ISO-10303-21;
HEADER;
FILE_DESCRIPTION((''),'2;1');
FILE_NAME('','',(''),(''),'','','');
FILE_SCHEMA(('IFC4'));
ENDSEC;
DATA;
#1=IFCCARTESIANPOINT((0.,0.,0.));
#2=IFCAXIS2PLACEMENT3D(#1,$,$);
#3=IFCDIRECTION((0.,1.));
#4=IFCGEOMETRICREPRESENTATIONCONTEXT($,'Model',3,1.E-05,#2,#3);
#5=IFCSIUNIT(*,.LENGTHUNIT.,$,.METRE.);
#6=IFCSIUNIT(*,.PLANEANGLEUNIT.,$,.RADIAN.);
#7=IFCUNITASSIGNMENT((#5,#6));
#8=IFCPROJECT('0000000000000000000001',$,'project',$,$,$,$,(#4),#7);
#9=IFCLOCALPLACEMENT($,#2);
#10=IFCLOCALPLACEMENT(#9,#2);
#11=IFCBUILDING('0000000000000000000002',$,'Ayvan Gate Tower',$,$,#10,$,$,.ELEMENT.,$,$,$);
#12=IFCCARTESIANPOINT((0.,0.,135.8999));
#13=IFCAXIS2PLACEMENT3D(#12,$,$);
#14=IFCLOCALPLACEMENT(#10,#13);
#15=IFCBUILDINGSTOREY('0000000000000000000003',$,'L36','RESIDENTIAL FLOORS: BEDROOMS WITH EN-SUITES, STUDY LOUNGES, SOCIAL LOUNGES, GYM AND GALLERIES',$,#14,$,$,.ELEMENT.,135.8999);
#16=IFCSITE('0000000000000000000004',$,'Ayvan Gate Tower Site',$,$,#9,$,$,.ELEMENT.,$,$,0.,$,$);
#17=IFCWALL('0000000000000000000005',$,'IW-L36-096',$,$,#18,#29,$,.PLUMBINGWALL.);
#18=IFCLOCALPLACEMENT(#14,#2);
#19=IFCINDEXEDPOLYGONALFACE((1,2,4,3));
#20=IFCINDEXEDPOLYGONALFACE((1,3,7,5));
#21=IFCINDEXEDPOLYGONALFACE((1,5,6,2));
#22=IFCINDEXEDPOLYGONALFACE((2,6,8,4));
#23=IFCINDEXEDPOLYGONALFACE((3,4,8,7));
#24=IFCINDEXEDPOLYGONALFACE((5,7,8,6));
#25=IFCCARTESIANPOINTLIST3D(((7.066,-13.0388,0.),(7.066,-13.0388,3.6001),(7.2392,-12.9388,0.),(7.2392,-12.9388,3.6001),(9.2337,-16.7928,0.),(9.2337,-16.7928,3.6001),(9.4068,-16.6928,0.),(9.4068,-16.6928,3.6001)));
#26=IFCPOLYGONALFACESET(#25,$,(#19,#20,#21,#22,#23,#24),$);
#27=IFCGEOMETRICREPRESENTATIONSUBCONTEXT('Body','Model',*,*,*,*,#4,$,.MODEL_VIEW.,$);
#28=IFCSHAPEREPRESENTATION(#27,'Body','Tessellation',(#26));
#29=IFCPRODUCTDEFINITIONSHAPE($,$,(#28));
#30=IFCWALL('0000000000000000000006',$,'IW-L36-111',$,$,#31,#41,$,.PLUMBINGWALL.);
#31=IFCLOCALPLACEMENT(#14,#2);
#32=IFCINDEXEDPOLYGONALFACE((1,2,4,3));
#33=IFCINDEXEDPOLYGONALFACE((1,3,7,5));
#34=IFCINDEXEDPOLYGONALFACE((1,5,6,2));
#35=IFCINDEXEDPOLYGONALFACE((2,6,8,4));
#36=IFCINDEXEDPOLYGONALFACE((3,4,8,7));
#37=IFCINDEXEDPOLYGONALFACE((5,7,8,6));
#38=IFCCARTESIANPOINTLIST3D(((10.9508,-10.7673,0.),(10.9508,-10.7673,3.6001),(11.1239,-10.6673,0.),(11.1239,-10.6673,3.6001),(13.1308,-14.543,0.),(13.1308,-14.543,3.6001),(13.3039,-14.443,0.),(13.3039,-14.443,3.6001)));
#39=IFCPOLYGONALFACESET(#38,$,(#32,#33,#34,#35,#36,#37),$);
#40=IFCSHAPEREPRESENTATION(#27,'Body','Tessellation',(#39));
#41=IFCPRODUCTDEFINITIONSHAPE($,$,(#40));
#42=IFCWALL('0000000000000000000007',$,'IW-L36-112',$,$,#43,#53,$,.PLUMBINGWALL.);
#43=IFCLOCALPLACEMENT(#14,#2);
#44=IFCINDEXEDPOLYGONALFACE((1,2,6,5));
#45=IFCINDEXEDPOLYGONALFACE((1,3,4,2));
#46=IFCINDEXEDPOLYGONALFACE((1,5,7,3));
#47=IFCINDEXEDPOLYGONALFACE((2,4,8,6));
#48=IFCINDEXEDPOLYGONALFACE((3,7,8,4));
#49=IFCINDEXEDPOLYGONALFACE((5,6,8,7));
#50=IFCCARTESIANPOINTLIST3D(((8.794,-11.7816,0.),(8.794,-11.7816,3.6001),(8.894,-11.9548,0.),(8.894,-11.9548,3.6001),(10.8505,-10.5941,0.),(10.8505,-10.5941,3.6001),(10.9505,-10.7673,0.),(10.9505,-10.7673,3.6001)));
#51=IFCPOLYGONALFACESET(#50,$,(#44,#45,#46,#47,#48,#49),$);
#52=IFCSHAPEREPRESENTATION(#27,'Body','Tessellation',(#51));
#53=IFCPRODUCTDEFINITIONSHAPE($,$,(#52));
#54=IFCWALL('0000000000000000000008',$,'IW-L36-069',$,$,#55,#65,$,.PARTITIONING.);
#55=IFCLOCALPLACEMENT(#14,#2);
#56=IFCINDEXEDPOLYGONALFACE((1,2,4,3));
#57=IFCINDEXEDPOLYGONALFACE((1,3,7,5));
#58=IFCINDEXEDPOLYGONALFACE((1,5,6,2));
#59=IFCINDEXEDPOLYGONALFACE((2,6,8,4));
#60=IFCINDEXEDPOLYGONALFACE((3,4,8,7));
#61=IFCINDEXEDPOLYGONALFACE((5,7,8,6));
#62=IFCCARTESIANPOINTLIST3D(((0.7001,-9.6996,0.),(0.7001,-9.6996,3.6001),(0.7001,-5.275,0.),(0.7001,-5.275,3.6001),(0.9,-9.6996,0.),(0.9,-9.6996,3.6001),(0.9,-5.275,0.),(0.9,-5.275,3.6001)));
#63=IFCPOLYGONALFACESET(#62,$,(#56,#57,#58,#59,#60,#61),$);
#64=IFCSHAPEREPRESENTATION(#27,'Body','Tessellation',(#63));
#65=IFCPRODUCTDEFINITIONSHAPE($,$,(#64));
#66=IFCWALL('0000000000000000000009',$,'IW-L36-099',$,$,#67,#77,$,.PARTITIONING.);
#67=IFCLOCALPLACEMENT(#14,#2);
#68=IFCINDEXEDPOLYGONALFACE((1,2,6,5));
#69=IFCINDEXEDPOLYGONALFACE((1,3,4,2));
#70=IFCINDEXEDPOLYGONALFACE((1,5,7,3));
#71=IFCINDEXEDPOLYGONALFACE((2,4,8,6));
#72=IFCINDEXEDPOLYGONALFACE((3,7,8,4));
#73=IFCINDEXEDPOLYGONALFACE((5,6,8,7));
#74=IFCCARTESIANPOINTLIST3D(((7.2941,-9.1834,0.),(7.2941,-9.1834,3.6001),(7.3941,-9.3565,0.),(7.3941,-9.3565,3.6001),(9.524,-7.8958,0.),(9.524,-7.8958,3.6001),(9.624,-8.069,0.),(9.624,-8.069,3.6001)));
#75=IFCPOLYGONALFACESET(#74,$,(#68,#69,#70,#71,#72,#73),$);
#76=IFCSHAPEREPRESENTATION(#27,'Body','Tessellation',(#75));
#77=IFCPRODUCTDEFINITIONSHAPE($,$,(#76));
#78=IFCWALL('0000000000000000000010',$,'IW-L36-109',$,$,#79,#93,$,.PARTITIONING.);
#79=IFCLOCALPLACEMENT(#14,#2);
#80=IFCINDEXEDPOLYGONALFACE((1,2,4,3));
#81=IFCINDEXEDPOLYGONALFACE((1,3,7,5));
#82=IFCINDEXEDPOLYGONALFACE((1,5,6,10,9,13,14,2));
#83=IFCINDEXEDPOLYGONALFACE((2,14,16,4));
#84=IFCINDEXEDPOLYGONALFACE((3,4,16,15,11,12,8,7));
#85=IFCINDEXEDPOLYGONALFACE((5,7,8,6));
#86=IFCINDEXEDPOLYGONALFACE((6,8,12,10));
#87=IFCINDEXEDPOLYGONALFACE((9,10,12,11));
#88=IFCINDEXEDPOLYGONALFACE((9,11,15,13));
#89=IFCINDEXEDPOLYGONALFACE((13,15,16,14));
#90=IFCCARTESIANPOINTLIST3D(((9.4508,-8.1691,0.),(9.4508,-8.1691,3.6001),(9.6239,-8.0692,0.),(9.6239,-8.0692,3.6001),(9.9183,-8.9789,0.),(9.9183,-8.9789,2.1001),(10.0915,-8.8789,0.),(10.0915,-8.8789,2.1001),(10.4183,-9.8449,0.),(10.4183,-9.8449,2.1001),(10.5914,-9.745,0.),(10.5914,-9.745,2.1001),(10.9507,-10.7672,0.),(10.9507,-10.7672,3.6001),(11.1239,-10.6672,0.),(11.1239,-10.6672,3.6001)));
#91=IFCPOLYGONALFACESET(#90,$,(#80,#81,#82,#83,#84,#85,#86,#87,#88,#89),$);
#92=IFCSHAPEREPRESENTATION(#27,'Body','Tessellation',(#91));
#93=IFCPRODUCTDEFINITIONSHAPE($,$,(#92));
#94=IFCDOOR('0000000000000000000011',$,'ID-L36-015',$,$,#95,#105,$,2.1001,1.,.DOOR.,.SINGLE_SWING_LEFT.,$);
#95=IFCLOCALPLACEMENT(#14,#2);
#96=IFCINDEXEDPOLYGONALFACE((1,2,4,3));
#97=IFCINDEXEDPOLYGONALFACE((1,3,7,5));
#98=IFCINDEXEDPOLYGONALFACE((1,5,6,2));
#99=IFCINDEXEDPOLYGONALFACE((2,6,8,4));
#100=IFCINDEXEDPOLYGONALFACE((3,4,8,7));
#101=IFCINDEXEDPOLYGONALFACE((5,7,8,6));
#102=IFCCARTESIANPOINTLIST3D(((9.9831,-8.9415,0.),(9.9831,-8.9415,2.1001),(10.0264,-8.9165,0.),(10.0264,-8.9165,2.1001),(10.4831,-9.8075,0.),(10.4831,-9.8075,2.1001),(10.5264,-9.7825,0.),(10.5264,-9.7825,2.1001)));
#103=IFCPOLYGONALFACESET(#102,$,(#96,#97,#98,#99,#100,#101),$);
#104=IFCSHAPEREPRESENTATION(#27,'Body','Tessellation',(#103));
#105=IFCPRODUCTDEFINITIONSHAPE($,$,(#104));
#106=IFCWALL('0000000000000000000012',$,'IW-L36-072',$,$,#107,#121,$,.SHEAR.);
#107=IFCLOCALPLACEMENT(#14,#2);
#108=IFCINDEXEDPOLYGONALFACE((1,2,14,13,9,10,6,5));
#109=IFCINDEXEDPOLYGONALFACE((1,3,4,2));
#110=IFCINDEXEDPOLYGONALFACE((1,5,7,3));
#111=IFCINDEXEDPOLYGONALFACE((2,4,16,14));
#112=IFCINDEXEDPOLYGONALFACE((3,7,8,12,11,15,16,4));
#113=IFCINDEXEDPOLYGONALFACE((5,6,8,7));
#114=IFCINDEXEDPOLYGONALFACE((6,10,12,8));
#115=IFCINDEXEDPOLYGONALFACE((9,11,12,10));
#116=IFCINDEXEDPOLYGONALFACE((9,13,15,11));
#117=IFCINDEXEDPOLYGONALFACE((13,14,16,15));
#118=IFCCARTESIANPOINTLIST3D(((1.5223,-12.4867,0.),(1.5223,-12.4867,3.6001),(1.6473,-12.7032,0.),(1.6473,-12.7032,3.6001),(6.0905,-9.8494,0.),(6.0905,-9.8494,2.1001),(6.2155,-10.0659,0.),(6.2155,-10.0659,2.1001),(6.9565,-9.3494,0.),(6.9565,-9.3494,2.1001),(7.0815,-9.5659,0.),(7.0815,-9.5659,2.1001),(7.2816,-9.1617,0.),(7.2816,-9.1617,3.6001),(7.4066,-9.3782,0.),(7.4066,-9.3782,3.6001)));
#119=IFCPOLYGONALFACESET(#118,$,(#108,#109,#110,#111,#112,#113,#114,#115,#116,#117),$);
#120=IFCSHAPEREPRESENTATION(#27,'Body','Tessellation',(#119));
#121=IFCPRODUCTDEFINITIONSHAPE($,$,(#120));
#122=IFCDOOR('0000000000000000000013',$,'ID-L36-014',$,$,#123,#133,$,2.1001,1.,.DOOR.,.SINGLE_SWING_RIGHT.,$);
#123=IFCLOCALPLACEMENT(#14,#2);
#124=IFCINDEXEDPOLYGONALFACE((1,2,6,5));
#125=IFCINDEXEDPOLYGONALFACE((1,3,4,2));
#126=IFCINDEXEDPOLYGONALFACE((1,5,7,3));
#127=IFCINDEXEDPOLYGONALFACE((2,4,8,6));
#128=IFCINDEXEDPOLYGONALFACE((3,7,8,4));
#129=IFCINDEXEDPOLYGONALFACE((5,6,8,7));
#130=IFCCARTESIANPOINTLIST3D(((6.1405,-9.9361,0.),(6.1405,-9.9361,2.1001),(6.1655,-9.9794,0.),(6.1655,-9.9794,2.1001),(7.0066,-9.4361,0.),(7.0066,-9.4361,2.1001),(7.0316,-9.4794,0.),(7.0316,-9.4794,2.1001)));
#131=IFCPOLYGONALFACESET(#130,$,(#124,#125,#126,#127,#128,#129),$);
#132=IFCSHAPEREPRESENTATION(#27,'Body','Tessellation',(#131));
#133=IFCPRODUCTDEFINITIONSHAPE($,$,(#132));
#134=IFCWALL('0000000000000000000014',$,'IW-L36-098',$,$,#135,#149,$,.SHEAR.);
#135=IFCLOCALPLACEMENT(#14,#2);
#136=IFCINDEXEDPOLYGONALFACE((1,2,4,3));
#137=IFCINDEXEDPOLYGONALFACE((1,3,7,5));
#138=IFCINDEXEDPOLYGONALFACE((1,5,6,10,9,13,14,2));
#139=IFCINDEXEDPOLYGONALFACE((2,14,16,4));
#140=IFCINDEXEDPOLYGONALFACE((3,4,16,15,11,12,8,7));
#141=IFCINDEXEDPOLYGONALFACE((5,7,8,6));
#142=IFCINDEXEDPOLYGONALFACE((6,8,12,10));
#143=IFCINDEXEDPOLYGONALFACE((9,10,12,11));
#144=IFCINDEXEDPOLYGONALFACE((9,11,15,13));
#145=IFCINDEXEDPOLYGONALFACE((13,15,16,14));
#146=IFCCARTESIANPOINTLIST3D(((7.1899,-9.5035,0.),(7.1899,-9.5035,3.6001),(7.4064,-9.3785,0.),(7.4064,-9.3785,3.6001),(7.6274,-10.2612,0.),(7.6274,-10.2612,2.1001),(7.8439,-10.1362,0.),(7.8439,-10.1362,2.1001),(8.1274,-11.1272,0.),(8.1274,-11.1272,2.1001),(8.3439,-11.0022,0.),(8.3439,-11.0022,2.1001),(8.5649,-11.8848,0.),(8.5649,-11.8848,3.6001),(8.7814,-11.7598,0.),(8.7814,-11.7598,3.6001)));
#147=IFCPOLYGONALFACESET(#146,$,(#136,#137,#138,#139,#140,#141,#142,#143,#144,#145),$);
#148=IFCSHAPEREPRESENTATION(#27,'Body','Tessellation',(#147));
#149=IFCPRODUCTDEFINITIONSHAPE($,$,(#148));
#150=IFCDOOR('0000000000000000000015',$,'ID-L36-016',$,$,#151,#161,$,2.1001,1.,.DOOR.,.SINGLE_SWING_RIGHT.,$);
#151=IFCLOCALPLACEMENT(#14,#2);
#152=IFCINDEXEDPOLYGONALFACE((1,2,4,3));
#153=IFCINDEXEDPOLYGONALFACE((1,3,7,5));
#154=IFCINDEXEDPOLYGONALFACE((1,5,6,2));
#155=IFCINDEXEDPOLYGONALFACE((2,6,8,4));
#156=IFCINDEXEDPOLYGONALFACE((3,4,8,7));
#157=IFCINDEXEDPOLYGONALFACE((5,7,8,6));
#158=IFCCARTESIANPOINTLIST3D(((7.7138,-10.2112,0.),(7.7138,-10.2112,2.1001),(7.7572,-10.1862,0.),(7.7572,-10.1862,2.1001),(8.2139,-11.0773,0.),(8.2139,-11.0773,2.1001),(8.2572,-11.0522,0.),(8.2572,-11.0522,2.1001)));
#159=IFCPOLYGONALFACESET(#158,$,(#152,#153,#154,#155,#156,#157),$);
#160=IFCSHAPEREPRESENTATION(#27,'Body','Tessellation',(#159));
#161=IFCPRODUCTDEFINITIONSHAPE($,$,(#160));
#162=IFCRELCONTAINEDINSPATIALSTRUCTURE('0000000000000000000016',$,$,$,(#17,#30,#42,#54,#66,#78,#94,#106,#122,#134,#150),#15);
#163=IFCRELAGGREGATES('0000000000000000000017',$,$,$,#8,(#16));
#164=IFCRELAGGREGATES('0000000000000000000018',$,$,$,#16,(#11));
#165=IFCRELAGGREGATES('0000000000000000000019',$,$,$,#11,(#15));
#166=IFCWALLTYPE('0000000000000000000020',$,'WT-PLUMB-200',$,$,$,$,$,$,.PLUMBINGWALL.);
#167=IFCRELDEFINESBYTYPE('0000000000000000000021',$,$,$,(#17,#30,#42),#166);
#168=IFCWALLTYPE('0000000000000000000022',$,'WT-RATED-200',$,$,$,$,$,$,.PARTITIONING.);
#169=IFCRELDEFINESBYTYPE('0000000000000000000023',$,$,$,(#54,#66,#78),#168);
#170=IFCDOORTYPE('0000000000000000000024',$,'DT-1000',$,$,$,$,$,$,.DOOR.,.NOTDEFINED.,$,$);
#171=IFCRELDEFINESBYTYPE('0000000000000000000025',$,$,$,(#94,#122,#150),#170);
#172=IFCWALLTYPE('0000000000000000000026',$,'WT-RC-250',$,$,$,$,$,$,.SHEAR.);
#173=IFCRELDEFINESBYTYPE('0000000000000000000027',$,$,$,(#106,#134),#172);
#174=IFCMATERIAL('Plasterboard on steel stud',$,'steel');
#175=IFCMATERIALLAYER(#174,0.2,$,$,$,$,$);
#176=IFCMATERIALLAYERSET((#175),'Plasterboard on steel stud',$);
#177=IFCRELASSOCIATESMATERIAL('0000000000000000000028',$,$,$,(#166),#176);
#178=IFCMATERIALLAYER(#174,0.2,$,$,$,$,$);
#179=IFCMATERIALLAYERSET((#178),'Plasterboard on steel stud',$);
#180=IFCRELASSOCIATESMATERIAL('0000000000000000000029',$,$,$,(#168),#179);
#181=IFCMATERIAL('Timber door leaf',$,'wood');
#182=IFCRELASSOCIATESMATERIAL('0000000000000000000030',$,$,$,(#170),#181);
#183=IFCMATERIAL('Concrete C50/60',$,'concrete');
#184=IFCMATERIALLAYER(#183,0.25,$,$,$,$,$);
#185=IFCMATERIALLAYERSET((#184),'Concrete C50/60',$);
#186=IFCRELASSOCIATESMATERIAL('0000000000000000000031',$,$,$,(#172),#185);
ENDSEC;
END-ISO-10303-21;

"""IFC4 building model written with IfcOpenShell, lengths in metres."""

from ifc_helpers import new_model, si_unit, direction, frame, frame_2d, origin, place, context, subcontext, project, spatial, rectangle, extrude, material, layer, layer_set, type_object, element, fill, save


model = new_model("IFC4")

# Units and contexts
model_context = context("Model", 3, precision=1e-05, world=origin(), true_north=direction((0.0, 1.0)))
body_context = subcontext(model_context, "Body", "Model", "MODEL_VIEW")
ifc_project = project(units=[si_unit("LENGTHUNIT", "METRE"), si_unit("PLANEANGLEUNIT", "RADIAN")], contexts=[model_context])

# Site, building, storey
site_placement = place(None, origin())
site = spatial("IfcSite", under=ifc_project, at=site_placement, Name="Ayvan Gate Tower Site", CompositionType="ELEMENT", RefElevation=0.0)
building_placement = place(site_placement, origin())
building = spatial("IfcBuilding", under=site, at=building_placement, Name="Ayvan Gate Tower", CompositionType="ELEMENT")
storey_placement = place(building_placement, frame((0.0, 0.0, 135.8999)))
storey = spatial("IfcBuildingStorey", under=building, at=storey_placement, Name="L36", Description="RESIDENTIAL FLOORS: BEDROOMS WITH EN-SUITES, STUDY LOUNGES, SOCIAL LOUNGES, GYM AND GALLERIES", CompositionType="ELEMENT", Elevation=135.8999)

# Shared definitions
ifc_material_1 = material(Name="Timber door leaf", Category="wood")
ifc_material_2 = material(Name="Plasterboard on steel stud", Category="steel")

# Walls
ifc_layer_1 = layer(ifc_material_2, 0.2)
ifc_layer_set_1 = layer_set([ifc_layer_1], Name="Plasterboard on steel stud")
wall_type_1 = type_object("IfcWallType", Name="WT-PLUMB-200", PredefinedType="PLUMBINGWALL", material=ifc_layer_set_1)
wall_1_placement = place(storey_placement, frame((7.1526, -12.9888, 0.0), z_axis=(0.0, 0.0, 1.0), x_axis=(0.500046, -0.865999, 0.0)))
element("IfcWall", 1, at=wall_1_placement, inside=storey, type_object=wall_type_1, Name="IW-L36-096", PredefinedType="PLUMBINGWALL", context=body_context, shape_type="SweptSolid", body=[
    extrude(rectangle(XDim=4.335, YDim=0.2, at=frame_2d((2.1675, 0.0))), origin(), (0.0, 0.0, 1.0), 3.6001),
])
wall_2_placement = place(storey_placement, frame((11.0374, -10.7173, 0.0), z_axis=(0.0, 0.0, 1.0), x_axis=(0.500012, -0.866019, 0.0)))
element("IfcWall", 2, at=wall_2_placement, inside=storey, type_object=wall_type_1, Name="IW-L36-111", PredefinedType="PLUMBINGWALL", context=body_context, shape_type="SweptSolid", body=[
    extrude(rectangle(XDim=4.3599, YDim=0.2, at=frame_2d((2.1799, 0.0))), origin(), (0.0, 0.0, 1.0), 3.6001),
])
wall_3_placement = place(storey_placement, frame((10.9006, -10.6807, 0.0), z_axis=(0.0, 0.0, 1.0), x_axis=(-0.866008, -0.500031, 0.0)))
element("IfcWall", 3, at=wall_3_placement, inside=storey, type_object=wall_type_1, Name="IW-L36-112", PredefinedType="PLUMBINGWALL", context=body_context, shape_type="SweptSolid", body=[
    extrude(rectangle(XDim=2.3748, YDim=0.2, at=frame_2d((1.1875, 0.0))), origin(), (0.0, 0.0, 1.0), 3.6001),
])
ifc_layer_2 = layer(ifc_material_2, 0.2)
ifc_layer_set_2 = layer_set([ifc_layer_2], Name="Plasterboard on steel stud")
wall_type_2 = type_object("IfcWallType", Name="WT-RATED-200", PredefinedType="PARTITIONING", material=ifc_layer_set_2)
wall_4_placement = place(storey_placement, frame((0.8, -5.2749, 0.0), z_axis=(0.0, 0.0, 1.0), x_axis=(0.0, -1.0, 0.0)))
element("IfcWall", 4, at=wall_4_placement, inside=storey, type_object=wall_type_2, Name="IW-L36-069", PredefinedType="PARTITIONING", context=body_context, shape_type="SweptSolid", body=[
    extrude(rectangle(XDim=4.4246, YDim=0.2, at=frame_2d((2.2124, 0.0))), origin(), (0.0, 0.0, 1.0), 3.6001),
])
wall_5_placement = place(storey_placement, frame((7.344, -9.27, 0.0), z_axis=(0.0, 0.0, 1.0), x_axis=(0.866006, 0.500034, 0.0)))
element("IfcWall", 5, at=wall_5_placement, inside=storey, type_object=wall_type_2, Name="IW-L36-099", PredefinedType="PARTITIONING", context=body_context, shape_type="SweptSolid", body=[
    extrude(rectangle(XDim=2.575, YDim=0.2, at=frame_2d((1.2876, 0.0))), origin(), (0.0, 0.0, 1.0), 3.6001),
])

# Walls, openings, doors
wall_6_placement = place(storey_placement, frame((9.5374, -8.1191, 0.0), z_axis=(0.0, 0.0, 1.0), x_axis=(0.49999, -0.866031, 0.0)))
wall_6 = element("IfcWall", 6, at=wall_6_placement, inside=storey, type_object=wall_type_2, Name="IW-L36-109", PredefinedType="PARTITIONING", context=body_context, shape_type="SweptSolid", body=[
    extrude(rectangle(XDim=3.0, YDim=0.2, at=frame_2d((1.5, 0.0))), origin(), (0.0, 0.0, 1.0), 3.6001),
])
opening_1_placement = place(wall_6_placement, frame((0.9351, 0.0, 0.0)))
opening_1 = element("IfcOpeningElement", 7, at=opening_1_placement, cuts=wall_6, PredefinedType="OPENING", context=body_context, shape_type="SweptSolid", body=[
    extrude(rectangle(XDim=1.0, YDim=2.1001, at=frame_2d((0.5, 1.05))), frame((0.0, 0.1099, 0.0), z_axis=(0.0, -1.0, 0.0), x_axis=(1.0, 0.0, 0.0)), (0.0, 0.0, 1.0), 0.22),
])
door_type_1 = type_object("IfcDoorType", Name="DT-1000", OperationType="NOTDEFINED", PredefinedType="DOOR", material=ifc_material_1)
door_1_placement = place(opening_1_placement, origin())
door_1 = element("IfcDoor", 8, at=door_1_placement, inside=storey, type_object=door_type_1, Name="ID-L36-015", OperationType="SINGLE_SWING_LEFT", OverallHeight=2.1001, OverallWidth=1.0, PredefinedType="DOOR", context=body_context, shape_type="SweptSolid", body=[
    extrude(rectangle(XDim=1.0, YDim=2.1001, at=frame_2d((0.5, 1.05))), frame((0.0, 0.0249, 0.0), z_axis=(0.0, -1.0, 0.0), x_axis=(1.0, 0.0, 0.0)), (0.0, 0.0, 1.0), 0.05),
])
fill(opening_1, door_1)
ifc_material_3 = material(Name="Concrete C50/60", Category="concrete")
ifc_layer_3 = layer(ifc_material_3, 0.25)
ifc_layer_set_3 = layer_set([ifc_layer_3], Name="Concrete C50/60")
wall_type_3 = type_object("IfcWallType", Name="WT-RC-250", PredefinedType="SHEAR", material=ifc_layer_set_3)
wall_7_placement = place(storey_placement, frame((1.5847, -12.595, 0.0), z_axis=(0.0, 0.0, 1.0), x_axis=(0.866036, 0.499981, 0.0)))
wall_7 = element("IfcWall", 9, at=wall_7_placement, inside=storey, type_object=wall_type_3, Name="IW-L36-072", PredefinedType="SHEAR", context=body_context, shape_type="SweptSolid", body=[
    extrude(rectangle(XDim=6.6501, YDim=0.25, at=frame_2d((3.3252, 0.0))), origin(), (0.0, 0.0, 1.0), 3.6001),
])
opening_2_placement = place(wall_7_placement, frame((5.2749, 0.0, 0.0)))
opening_2 = element("IfcOpeningElement", 10, at=opening_2_placement, cuts=wall_7, PredefinedType="OPENING", context=body_context, shape_type="SweptSolid", body=[
    extrude(rectangle(XDim=1.0, YDim=2.1001, at=frame_2d((0.5, 1.05))), frame((0.0, 0.135, 0.0), z_axis=(0.0, -1.0, 0.0), x_axis=(1.0, 0.0, 0.0)), (0.0, 0.0, 1.0), 0.27),
])
door_2_placement = place(opening_2_placement, origin())
door_2 = element("IfcDoor", 11, at=door_2_placement, inside=storey, type_object=door_type_1, Name="ID-L36-014", OperationType="SINGLE_SWING_RIGHT", OverallHeight=2.1001, OverallWidth=1.0, PredefinedType="DOOR", context=body_context, shape_type="SweptSolid", body=[
    extrude(rectangle(XDim=1.0, YDim=2.1001, at=frame_2d((0.5, 1.05))), frame((0.0, 0.0249, 0.0), z_axis=(0.0, -1.0, 0.0), x_axis=(1.0, 0.0, 0.0)), (0.0, 0.0, 1.0), 0.05),
])
fill(opening_2, door_2)
wall_8_placement = place(storey_placement, frame((7.2981, -9.4409, 0.0), z_axis=(0.0, 0.0, 1.0), x_axis=(0.500035, -0.866005, 0.0)))
wall_8 = element("IfcWall", 12, at=wall_8_placement, inside=storey, type_object=wall_type_3, Name="IW-L36-098", PredefinedType="SHEAR", context=body_context, shape_type="SweptSolid", body=[
    extrude(rectangle(XDim=2.7498, YDim=0.25, at=frame_2d((1.375, 0.0))), origin(), (0.0, 0.0, 1.0), 3.6001),
])
opening_3_placement = place(wall_8_placement, frame((0.875, 0.0, 0.0)))
opening_3 = element("IfcOpeningElement", 13, at=opening_3_placement, cuts=wall_8, PredefinedType="OPENING", context=body_context, shape_type="SweptSolid", body=[
    extrude(rectangle(XDim=1.0, YDim=2.1001, at=frame_2d((0.5, 1.05))), frame((0.0, 0.135, 0.0), z_axis=(0.0, -1.0, 0.0), x_axis=(1.0, 0.0, 0.0)), (0.0, 0.0, 1.0), 0.27),
])
door_3_placement = place(opening_3_placement, origin())
door_3 = element("IfcDoor", 14, at=door_3_placement, inside=storey, type_object=door_type_1, Name="ID-L36-016", OperationType="SINGLE_SWING_RIGHT", OverallHeight=2.1001, OverallWidth=1.0, PredefinedType="DOOR", context=body_context, shape_type="SweptSolid", body=[
    extrude(rectangle(XDim=1.0, YDim=2.1001, at=frame_2d((0.5, 1.05))), frame((0.0, 0.0249, 0.0), z_axis=(0.0, -1.0, 0.0), x_axis=(1.0, 0.0, 0.0)), (0.0, 0.0, 1.0), 0.05),
])
fill(opening_3, door_3)

save(model, "model.ifc")
